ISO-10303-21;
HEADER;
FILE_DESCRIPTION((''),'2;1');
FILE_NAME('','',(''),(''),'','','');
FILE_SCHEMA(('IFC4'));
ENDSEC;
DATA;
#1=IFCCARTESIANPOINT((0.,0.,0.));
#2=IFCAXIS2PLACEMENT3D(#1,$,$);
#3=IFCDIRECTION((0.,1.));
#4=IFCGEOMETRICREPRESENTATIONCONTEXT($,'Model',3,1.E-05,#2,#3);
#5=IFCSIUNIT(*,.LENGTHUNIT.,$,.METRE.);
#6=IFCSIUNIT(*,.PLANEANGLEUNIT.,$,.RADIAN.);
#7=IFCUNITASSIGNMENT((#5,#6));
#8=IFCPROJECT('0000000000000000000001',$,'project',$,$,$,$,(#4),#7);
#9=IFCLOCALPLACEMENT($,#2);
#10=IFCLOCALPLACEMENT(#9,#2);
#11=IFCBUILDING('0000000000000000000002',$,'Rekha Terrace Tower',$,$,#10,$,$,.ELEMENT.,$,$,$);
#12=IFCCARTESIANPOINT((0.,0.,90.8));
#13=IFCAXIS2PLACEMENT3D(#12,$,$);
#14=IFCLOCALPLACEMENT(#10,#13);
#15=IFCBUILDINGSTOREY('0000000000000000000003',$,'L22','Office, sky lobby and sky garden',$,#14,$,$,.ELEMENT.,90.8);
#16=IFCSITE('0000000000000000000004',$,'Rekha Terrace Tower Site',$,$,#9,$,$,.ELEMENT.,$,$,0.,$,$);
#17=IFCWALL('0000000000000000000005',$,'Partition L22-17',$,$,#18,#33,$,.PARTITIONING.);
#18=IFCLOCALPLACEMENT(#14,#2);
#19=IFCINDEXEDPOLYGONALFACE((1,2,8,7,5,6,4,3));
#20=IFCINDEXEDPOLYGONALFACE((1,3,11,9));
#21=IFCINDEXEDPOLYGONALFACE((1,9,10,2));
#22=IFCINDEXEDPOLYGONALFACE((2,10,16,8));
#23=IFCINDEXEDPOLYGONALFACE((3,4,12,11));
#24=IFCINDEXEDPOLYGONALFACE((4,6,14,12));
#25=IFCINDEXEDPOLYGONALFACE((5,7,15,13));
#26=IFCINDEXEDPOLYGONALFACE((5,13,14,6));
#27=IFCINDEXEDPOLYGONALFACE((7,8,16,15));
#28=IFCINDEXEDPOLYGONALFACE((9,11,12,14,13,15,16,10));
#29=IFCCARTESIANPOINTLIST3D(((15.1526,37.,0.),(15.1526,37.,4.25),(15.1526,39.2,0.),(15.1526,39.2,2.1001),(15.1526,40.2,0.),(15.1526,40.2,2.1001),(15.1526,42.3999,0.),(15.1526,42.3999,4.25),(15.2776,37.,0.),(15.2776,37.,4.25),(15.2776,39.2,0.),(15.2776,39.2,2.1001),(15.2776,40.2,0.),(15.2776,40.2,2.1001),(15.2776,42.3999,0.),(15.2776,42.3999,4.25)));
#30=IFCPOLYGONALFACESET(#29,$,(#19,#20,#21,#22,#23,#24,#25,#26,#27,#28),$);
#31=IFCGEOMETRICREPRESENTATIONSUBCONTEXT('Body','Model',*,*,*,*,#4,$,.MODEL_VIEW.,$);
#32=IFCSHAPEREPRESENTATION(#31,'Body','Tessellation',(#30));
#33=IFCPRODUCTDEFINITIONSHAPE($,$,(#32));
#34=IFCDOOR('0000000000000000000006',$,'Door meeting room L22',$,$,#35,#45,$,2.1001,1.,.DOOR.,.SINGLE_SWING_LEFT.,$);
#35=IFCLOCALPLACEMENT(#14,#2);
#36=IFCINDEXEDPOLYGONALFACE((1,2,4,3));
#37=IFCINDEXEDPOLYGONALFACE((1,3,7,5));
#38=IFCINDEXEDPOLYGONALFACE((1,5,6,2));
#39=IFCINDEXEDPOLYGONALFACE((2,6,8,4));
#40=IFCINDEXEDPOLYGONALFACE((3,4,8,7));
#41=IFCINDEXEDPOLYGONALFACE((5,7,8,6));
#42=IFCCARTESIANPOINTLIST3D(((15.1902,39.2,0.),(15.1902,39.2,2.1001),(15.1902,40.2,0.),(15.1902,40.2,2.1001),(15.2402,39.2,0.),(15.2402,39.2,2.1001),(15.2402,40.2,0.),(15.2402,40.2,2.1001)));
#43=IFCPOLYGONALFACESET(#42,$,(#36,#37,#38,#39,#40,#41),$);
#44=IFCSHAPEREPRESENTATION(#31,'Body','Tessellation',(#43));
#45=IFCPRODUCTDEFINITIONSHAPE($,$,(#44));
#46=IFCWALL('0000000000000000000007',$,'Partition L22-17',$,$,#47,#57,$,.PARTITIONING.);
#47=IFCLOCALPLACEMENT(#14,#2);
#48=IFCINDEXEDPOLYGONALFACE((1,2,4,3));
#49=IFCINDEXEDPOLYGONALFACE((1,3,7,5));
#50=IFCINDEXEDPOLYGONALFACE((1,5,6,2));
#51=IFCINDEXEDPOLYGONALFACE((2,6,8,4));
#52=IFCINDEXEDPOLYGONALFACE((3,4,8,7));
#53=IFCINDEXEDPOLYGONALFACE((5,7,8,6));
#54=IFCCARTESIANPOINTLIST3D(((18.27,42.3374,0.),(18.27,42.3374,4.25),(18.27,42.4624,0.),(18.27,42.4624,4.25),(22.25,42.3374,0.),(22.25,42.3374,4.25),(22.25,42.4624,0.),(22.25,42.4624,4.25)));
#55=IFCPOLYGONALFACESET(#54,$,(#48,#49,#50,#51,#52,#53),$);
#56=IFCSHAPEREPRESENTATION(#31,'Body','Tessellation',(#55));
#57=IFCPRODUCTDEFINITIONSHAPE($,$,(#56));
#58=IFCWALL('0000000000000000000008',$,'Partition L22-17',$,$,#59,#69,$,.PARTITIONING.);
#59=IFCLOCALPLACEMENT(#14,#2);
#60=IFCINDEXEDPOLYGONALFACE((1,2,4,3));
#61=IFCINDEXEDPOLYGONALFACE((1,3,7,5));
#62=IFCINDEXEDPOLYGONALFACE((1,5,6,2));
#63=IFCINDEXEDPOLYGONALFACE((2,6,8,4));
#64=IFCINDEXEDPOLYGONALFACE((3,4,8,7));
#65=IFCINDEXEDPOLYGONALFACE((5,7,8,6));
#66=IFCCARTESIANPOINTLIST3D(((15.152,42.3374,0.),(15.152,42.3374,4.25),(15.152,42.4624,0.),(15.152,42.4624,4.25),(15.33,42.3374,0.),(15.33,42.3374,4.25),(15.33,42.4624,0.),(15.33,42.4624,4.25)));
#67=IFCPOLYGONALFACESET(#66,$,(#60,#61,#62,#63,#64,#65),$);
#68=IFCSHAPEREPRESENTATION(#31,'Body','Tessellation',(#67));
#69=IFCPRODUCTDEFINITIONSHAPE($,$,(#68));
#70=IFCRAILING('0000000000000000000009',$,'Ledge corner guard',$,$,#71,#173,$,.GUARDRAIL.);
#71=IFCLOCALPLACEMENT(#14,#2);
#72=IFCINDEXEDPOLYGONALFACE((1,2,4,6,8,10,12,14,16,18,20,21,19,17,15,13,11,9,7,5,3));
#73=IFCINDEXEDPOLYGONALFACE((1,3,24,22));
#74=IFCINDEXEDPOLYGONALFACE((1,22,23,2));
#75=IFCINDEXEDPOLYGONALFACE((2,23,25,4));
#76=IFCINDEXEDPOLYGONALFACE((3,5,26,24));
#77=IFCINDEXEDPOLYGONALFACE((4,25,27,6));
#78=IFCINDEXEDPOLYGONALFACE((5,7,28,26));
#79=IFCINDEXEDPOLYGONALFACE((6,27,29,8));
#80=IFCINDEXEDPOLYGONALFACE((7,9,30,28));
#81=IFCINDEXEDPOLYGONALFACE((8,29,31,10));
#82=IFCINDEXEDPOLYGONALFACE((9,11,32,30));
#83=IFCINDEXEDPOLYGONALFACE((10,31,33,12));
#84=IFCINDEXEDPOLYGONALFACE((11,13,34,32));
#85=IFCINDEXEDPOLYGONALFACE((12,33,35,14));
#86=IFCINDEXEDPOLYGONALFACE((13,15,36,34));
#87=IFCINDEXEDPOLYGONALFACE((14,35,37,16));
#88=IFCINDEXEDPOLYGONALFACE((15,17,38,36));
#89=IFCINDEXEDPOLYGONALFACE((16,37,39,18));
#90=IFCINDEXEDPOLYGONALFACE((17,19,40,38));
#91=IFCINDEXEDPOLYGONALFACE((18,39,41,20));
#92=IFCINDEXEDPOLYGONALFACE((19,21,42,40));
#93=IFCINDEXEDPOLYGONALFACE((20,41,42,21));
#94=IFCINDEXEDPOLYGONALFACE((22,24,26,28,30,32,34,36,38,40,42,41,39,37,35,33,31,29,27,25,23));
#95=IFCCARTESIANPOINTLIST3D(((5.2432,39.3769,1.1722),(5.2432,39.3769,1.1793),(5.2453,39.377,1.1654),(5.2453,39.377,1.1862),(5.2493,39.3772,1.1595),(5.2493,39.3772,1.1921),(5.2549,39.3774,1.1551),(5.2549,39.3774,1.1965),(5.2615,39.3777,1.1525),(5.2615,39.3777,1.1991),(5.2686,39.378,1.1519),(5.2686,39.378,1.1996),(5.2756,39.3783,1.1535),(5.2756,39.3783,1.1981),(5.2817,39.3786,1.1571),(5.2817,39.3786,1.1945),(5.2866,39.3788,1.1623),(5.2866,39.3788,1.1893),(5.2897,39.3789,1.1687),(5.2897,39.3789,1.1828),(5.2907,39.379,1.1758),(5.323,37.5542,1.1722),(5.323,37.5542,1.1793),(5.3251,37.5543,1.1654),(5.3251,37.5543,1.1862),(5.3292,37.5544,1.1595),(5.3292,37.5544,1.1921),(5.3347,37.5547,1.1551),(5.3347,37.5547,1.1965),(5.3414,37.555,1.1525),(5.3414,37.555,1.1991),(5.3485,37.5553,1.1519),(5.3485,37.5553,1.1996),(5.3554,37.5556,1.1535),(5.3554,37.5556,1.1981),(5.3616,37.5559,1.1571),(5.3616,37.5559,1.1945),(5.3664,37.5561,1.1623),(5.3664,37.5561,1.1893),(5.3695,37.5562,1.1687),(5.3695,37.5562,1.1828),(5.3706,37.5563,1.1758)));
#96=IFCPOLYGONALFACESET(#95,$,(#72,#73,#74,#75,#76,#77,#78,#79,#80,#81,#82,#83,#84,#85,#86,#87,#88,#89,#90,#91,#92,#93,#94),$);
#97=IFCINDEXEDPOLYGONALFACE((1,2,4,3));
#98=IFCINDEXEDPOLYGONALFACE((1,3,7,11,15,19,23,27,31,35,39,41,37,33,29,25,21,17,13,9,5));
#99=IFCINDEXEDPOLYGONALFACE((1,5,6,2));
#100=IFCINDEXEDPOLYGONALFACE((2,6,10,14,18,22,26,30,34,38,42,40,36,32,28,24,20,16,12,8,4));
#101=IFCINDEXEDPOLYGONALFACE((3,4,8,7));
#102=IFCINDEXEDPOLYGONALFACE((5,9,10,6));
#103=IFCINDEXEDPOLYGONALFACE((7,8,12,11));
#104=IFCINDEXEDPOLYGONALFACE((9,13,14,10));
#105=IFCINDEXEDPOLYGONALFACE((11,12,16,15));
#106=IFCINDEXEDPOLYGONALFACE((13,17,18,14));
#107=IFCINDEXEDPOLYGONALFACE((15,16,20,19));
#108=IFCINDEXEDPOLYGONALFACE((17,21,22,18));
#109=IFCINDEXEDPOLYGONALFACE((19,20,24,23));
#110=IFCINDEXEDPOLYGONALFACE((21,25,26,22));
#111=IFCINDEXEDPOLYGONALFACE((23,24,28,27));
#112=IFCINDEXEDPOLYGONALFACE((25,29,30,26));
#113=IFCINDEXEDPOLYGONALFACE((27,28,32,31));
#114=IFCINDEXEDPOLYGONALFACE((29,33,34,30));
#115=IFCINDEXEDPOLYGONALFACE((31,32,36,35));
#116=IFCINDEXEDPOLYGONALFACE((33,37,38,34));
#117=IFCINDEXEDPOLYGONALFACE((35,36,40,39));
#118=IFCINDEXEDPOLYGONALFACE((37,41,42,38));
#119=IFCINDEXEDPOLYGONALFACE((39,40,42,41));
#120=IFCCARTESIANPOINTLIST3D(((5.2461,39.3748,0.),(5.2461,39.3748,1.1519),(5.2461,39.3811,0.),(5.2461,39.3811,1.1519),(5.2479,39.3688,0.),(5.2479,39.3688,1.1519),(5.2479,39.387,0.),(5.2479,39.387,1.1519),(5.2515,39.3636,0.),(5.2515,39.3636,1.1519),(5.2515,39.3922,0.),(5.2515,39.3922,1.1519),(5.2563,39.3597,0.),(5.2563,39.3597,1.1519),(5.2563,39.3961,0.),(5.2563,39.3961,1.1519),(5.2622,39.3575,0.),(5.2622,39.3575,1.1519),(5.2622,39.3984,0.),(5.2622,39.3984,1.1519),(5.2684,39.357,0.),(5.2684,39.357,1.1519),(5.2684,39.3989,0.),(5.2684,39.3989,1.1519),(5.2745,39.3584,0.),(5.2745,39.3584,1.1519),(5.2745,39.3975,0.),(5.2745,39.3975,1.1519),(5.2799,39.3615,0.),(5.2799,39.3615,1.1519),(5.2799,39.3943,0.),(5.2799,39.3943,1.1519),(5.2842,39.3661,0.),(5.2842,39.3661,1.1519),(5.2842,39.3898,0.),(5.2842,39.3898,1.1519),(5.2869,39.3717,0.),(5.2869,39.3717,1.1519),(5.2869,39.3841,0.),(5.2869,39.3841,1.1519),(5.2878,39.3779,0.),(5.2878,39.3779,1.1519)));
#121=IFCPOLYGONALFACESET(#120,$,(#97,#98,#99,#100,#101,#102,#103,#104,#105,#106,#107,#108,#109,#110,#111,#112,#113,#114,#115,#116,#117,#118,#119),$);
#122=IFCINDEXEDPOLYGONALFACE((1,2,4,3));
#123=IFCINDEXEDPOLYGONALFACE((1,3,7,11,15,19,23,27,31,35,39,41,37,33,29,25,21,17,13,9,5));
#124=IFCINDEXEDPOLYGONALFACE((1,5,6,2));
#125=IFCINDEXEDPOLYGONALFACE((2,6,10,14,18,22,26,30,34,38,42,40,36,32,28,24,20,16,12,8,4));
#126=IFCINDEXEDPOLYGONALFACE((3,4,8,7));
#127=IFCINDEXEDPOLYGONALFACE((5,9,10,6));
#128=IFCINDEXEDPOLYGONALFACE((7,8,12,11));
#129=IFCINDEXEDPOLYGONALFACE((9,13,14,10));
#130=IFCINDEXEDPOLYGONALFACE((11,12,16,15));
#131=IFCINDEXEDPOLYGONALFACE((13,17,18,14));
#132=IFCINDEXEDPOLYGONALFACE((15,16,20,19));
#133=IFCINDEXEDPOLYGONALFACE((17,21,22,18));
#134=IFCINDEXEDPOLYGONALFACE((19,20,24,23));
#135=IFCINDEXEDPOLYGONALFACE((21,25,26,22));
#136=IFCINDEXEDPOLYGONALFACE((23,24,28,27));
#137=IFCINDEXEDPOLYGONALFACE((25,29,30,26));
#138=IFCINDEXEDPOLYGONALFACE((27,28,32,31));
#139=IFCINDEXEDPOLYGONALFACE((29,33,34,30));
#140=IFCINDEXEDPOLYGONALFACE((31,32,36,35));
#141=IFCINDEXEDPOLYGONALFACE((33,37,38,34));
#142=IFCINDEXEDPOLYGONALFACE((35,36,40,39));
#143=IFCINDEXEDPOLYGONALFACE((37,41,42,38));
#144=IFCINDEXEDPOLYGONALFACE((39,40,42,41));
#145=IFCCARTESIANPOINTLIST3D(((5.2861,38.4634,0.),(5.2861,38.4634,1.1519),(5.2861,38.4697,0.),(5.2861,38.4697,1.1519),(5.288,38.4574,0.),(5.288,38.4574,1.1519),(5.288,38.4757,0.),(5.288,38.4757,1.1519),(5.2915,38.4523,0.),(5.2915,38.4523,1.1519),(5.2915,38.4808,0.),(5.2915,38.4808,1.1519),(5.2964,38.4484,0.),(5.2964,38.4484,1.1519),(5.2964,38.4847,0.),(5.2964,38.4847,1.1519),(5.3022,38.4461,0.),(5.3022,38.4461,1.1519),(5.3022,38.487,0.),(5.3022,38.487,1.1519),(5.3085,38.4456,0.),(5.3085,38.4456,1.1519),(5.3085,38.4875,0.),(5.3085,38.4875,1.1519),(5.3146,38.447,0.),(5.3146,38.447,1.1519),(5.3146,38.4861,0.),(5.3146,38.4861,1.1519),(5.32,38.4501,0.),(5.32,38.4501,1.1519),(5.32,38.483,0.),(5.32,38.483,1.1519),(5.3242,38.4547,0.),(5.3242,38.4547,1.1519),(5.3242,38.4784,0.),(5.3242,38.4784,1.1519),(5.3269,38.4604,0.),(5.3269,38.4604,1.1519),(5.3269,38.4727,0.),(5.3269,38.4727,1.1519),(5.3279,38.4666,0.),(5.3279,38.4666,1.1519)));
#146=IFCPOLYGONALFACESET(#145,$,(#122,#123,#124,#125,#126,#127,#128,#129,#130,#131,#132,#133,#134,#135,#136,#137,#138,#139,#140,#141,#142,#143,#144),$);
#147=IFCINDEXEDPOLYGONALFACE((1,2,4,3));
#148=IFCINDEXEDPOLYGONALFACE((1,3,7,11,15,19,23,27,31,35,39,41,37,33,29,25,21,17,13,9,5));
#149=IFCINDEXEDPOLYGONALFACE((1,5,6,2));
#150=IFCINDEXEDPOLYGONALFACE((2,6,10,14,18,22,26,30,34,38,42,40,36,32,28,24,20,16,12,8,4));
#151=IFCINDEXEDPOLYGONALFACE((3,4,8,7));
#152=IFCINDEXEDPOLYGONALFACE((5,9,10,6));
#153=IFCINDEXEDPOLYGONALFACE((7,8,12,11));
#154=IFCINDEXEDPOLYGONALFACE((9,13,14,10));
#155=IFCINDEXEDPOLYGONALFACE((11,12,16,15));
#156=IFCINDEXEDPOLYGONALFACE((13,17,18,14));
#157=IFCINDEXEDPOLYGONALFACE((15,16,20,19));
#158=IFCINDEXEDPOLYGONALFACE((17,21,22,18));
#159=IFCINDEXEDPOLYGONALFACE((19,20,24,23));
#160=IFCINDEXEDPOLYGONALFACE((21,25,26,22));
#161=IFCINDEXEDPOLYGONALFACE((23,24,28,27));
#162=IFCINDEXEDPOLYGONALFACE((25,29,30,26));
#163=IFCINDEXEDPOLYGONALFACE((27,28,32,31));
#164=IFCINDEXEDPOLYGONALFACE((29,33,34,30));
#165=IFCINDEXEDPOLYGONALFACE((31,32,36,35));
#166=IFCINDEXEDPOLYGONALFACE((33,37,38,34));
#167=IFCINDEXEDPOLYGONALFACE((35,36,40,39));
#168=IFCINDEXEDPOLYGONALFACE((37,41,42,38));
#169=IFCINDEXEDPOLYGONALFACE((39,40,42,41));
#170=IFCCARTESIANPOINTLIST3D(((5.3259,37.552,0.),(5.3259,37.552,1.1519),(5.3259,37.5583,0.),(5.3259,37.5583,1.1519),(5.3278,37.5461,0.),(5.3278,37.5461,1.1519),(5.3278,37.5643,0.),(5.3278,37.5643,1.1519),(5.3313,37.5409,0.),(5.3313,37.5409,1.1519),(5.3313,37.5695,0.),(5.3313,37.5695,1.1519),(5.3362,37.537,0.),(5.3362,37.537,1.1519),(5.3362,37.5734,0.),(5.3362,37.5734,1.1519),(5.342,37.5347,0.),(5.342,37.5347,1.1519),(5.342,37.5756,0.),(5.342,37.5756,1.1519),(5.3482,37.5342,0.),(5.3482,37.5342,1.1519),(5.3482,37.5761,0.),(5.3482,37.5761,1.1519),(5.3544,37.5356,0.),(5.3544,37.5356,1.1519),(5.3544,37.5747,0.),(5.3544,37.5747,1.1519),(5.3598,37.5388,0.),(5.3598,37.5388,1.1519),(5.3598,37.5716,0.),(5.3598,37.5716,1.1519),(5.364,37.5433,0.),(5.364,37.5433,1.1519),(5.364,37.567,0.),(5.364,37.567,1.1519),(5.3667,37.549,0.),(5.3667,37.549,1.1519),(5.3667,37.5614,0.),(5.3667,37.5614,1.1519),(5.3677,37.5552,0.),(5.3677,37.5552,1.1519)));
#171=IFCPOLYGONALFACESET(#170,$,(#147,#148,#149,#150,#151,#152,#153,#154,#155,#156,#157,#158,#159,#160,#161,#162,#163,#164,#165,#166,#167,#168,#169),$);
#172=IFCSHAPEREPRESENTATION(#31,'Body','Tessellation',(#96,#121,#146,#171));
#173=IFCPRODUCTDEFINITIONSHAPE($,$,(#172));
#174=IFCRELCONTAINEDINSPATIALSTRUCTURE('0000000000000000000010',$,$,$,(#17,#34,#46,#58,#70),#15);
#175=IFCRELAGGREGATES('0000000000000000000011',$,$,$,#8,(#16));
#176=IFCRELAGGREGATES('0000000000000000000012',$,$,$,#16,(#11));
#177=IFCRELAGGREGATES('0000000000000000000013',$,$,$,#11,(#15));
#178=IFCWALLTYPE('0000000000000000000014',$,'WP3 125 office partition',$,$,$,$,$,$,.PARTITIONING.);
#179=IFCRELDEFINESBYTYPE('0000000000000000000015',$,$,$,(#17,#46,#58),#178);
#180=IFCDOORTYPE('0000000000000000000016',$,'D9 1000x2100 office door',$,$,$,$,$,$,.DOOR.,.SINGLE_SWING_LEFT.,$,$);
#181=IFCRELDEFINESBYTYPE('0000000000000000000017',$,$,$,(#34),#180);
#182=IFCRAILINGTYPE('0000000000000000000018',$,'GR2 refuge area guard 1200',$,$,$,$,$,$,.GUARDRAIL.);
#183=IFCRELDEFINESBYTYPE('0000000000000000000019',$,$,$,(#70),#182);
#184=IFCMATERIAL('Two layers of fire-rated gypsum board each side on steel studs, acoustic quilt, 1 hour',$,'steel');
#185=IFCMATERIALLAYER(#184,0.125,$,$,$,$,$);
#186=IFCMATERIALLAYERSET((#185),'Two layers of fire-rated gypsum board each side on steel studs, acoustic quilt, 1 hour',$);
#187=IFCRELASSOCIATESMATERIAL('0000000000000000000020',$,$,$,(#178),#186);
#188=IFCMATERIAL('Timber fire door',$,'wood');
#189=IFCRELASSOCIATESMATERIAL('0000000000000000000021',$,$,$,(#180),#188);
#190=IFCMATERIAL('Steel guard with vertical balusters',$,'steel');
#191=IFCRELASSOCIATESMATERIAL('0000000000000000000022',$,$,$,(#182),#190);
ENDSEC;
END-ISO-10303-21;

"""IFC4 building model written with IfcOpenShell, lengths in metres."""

from ifc_helpers import new_model, si_unit, direction, frame, frame_2d, origin, origin_2d, place, context, subcontext, project, spatial, rectangle, circle, extrude, material, layer, layer_set, type_object, element, fill, save


model = new_model("IFC4")

# Units and contexts
model_context = context("Model", 3, precision=1e-05, world=origin(), true_north=direction((0.0, 1.0)))
body_context = subcontext(model_context, "Body", "Model", "MODEL_VIEW")
ifc_project = project(units=[si_unit("LENGTHUNIT", "METRE"), si_unit("PLANEANGLEUNIT", "RADIAN")], contexts=[model_context])

# Site, building, storey
site_placement = place(None, origin())
site = spatial("IfcSite", under=ifc_project, at=site_placement, Name="Rekha Terrace Tower Site", CompositionType="ELEMENT", RefElevation=0.0)
building_placement = place(site_placement, origin())
building = spatial("IfcBuilding", under=site, at=building_placement, Name="Rekha Terrace Tower", CompositionType="ELEMENT")
storey_placement = place(building_placement, frame((0.0, 0.0, 90.8)))
storey = spatial("IfcBuildingStorey", under=building, at=storey_placement, Name="L22", Description="Office, sky lobby and sky garden", CompositionType="ELEMENT", Elevation=90.8)

# Shared definitions
ifc_material_1 = material(Name="Two layers of fire-rated gypsum board each side on steel studs, acoustic quilt, 1 hour", Category="steel")
ifc_layer_1 = layer(ifc_material_1, 0.125)
ifc_layer_set_1 = layer_set([ifc_layer_1], Name="Two layers of fire-rated gypsum board each side on steel studs, acoustic quilt, 1 hour")
wall_type_1 = type_object("IfcWallType", Name="WP3 125 office partition", PredefinedType="PARTITIONING", material=ifc_layer_set_1)
ifc_material_2 = material(Name="Timber fire door", Category="wood")

# Wall, opening, door
wall_1_placement = place(storey_placement, frame((15.2151, 37.0, 0.0), z_axis=(0.0, 0.0, 1.0), x_axis=(0.0, 1.0, 0.0)))
wall_1 = element("IfcWall", 1, at=wall_1_placement, inside=storey, type_object=wall_type_1, Name="Partition L22-17", PredefinedType="PARTITIONING", context=body_context, shape_type="SweptSolid", body=[
    extrude(rectangle(XDim=5.3999, YDim=0.125, at=frame_2d((2.7, 0.0))), origin(), (0.0, 0.0, 1.0), 4.25),
])
opening_1_placement = place(wall_1_placement, frame((2.2, 0.0, 0.0)))
opening_1 = element("IfcOpeningElement", 2, at=opening_1_placement, cuts=wall_1, PredefinedType="OPENING", context=body_context, shape_type="SweptSolid", body=[
    extrude(rectangle(XDim=1.0, YDim=2.1001, at=frame_2d((0.5, 1.05))), frame((0.0, 0.0725, 0.0), z_axis=(0.0, -1.0, 0.0), x_axis=(1.0, 0.0, 0.0)), (0.0, 0.0, 1.0), 0.145),
])
door_type_1 = type_object("IfcDoorType", Name="D9 1000x2100 office door", OperationType="SINGLE_SWING_LEFT", PredefinedType="DOOR", material=ifc_material_2)
door_1_placement = place(opening_1_placement, origin())
door_1 = element("IfcDoor", 3, at=door_1_placement, inside=storey, type_object=door_type_1, Name="Door meeting room L22", OperationType="SINGLE_SWING_LEFT", OverallHeight=2.1001, OverallWidth=1.0, PredefinedType="DOOR", context=body_context, shape_type="SweptSolid", body=[
    extrude(rectangle(XDim=1.0, YDim=2.1001, at=frame_2d((0.5, 1.05))), frame((0.0, 0.0249, 0.0), z_axis=(0.0, -1.0, 0.0), x_axis=(1.0, 0.0, 0.0)), (0.0, 0.0, 1.0), 0.05),
])
fill(opening_1, door_1)

# Walls
wall_2_placement = place(storey_placement, frame((18.27, 42.3999, 0.0), z_axis=(0.0, 0.0, 1.0), x_axis=(1.0, 0.0, 0.0)))
element("IfcWall", 4, at=wall_2_placement, inside=storey, type_object=wall_type_1, Name="Partition L22-17", PredefinedType="PARTITIONING", context=body_context, shape_type="SweptSolid", body=[
    extrude(rectangle(XDim=3.98, YDim=0.125, at=frame_2d((1.99, 0.0))), origin(), (0.0, 0.0, 1.0), 4.25),
])
wall_3_placement = place(storey_placement, frame((15.1521, 42.3999, 0.0), z_axis=(0.0, 0.0, 1.0), x_axis=(1.0, 0.0, 0.0)))
element("IfcWall", 5, at=wall_3_placement, inside=storey, type_object=wall_type_1, Name="Partition L22-17", PredefinedType="PARTITIONING", context=body_context, shape_type="SweptSolid", body=[
    extrude(rectangle(XDim=0.178, YDim=0.125, at=frame_2d((0.0889, 0.0))), origin(), (0.0, 0.0, 1.0), 4.25),
])

# Railing
ifc_material_3 = material(Name="Steel guard with vertical balusters", Category="steel")
railing_type = type_object("IfcRailingType", Name="GR2 refuge area guard 1200", PredefinedType="GUARDRAIL", material=ifc_material_3)
railing_placement = place(storey_placement, frame((5.2668, 39.3779, 0.0)))
element("IfcRailing", 6, at=railing_placement, inside=storey, type_object=railing_type, Name="Ledge corner guard", PredefinedType="GUARDRAIL", context=body_context, shape_type="SweptSolid", body=[
    extrude(circle(Radius=0.0239, at=origin_2d()), frame((0.0, 0.0, 1.1758), z_axis=(0.043757, -0.999042, 0.0), x_axis=(0.999042, 0.043757, 0.0)), (0.0, 0.0, 1.0), 1.8245),
    extrude(circle(Radius=0.021, at=origin_2d()), origin(), (0.0, 0.0, 1.0), 1.1519),
    extrude(circle(Radius=0.021, at=origin_2d()), frame((0.04, -0.9114, 0.0)), (0.0, 0.0, 1.0), 1.1519),
    extrude(circle(Radius=0.021, at=origin_2d()), frame((0.0798, -1.8228, 0.0)), (0.0, 0.0, 1.0), 1.1519),
])

save(model, "model.ifc")
